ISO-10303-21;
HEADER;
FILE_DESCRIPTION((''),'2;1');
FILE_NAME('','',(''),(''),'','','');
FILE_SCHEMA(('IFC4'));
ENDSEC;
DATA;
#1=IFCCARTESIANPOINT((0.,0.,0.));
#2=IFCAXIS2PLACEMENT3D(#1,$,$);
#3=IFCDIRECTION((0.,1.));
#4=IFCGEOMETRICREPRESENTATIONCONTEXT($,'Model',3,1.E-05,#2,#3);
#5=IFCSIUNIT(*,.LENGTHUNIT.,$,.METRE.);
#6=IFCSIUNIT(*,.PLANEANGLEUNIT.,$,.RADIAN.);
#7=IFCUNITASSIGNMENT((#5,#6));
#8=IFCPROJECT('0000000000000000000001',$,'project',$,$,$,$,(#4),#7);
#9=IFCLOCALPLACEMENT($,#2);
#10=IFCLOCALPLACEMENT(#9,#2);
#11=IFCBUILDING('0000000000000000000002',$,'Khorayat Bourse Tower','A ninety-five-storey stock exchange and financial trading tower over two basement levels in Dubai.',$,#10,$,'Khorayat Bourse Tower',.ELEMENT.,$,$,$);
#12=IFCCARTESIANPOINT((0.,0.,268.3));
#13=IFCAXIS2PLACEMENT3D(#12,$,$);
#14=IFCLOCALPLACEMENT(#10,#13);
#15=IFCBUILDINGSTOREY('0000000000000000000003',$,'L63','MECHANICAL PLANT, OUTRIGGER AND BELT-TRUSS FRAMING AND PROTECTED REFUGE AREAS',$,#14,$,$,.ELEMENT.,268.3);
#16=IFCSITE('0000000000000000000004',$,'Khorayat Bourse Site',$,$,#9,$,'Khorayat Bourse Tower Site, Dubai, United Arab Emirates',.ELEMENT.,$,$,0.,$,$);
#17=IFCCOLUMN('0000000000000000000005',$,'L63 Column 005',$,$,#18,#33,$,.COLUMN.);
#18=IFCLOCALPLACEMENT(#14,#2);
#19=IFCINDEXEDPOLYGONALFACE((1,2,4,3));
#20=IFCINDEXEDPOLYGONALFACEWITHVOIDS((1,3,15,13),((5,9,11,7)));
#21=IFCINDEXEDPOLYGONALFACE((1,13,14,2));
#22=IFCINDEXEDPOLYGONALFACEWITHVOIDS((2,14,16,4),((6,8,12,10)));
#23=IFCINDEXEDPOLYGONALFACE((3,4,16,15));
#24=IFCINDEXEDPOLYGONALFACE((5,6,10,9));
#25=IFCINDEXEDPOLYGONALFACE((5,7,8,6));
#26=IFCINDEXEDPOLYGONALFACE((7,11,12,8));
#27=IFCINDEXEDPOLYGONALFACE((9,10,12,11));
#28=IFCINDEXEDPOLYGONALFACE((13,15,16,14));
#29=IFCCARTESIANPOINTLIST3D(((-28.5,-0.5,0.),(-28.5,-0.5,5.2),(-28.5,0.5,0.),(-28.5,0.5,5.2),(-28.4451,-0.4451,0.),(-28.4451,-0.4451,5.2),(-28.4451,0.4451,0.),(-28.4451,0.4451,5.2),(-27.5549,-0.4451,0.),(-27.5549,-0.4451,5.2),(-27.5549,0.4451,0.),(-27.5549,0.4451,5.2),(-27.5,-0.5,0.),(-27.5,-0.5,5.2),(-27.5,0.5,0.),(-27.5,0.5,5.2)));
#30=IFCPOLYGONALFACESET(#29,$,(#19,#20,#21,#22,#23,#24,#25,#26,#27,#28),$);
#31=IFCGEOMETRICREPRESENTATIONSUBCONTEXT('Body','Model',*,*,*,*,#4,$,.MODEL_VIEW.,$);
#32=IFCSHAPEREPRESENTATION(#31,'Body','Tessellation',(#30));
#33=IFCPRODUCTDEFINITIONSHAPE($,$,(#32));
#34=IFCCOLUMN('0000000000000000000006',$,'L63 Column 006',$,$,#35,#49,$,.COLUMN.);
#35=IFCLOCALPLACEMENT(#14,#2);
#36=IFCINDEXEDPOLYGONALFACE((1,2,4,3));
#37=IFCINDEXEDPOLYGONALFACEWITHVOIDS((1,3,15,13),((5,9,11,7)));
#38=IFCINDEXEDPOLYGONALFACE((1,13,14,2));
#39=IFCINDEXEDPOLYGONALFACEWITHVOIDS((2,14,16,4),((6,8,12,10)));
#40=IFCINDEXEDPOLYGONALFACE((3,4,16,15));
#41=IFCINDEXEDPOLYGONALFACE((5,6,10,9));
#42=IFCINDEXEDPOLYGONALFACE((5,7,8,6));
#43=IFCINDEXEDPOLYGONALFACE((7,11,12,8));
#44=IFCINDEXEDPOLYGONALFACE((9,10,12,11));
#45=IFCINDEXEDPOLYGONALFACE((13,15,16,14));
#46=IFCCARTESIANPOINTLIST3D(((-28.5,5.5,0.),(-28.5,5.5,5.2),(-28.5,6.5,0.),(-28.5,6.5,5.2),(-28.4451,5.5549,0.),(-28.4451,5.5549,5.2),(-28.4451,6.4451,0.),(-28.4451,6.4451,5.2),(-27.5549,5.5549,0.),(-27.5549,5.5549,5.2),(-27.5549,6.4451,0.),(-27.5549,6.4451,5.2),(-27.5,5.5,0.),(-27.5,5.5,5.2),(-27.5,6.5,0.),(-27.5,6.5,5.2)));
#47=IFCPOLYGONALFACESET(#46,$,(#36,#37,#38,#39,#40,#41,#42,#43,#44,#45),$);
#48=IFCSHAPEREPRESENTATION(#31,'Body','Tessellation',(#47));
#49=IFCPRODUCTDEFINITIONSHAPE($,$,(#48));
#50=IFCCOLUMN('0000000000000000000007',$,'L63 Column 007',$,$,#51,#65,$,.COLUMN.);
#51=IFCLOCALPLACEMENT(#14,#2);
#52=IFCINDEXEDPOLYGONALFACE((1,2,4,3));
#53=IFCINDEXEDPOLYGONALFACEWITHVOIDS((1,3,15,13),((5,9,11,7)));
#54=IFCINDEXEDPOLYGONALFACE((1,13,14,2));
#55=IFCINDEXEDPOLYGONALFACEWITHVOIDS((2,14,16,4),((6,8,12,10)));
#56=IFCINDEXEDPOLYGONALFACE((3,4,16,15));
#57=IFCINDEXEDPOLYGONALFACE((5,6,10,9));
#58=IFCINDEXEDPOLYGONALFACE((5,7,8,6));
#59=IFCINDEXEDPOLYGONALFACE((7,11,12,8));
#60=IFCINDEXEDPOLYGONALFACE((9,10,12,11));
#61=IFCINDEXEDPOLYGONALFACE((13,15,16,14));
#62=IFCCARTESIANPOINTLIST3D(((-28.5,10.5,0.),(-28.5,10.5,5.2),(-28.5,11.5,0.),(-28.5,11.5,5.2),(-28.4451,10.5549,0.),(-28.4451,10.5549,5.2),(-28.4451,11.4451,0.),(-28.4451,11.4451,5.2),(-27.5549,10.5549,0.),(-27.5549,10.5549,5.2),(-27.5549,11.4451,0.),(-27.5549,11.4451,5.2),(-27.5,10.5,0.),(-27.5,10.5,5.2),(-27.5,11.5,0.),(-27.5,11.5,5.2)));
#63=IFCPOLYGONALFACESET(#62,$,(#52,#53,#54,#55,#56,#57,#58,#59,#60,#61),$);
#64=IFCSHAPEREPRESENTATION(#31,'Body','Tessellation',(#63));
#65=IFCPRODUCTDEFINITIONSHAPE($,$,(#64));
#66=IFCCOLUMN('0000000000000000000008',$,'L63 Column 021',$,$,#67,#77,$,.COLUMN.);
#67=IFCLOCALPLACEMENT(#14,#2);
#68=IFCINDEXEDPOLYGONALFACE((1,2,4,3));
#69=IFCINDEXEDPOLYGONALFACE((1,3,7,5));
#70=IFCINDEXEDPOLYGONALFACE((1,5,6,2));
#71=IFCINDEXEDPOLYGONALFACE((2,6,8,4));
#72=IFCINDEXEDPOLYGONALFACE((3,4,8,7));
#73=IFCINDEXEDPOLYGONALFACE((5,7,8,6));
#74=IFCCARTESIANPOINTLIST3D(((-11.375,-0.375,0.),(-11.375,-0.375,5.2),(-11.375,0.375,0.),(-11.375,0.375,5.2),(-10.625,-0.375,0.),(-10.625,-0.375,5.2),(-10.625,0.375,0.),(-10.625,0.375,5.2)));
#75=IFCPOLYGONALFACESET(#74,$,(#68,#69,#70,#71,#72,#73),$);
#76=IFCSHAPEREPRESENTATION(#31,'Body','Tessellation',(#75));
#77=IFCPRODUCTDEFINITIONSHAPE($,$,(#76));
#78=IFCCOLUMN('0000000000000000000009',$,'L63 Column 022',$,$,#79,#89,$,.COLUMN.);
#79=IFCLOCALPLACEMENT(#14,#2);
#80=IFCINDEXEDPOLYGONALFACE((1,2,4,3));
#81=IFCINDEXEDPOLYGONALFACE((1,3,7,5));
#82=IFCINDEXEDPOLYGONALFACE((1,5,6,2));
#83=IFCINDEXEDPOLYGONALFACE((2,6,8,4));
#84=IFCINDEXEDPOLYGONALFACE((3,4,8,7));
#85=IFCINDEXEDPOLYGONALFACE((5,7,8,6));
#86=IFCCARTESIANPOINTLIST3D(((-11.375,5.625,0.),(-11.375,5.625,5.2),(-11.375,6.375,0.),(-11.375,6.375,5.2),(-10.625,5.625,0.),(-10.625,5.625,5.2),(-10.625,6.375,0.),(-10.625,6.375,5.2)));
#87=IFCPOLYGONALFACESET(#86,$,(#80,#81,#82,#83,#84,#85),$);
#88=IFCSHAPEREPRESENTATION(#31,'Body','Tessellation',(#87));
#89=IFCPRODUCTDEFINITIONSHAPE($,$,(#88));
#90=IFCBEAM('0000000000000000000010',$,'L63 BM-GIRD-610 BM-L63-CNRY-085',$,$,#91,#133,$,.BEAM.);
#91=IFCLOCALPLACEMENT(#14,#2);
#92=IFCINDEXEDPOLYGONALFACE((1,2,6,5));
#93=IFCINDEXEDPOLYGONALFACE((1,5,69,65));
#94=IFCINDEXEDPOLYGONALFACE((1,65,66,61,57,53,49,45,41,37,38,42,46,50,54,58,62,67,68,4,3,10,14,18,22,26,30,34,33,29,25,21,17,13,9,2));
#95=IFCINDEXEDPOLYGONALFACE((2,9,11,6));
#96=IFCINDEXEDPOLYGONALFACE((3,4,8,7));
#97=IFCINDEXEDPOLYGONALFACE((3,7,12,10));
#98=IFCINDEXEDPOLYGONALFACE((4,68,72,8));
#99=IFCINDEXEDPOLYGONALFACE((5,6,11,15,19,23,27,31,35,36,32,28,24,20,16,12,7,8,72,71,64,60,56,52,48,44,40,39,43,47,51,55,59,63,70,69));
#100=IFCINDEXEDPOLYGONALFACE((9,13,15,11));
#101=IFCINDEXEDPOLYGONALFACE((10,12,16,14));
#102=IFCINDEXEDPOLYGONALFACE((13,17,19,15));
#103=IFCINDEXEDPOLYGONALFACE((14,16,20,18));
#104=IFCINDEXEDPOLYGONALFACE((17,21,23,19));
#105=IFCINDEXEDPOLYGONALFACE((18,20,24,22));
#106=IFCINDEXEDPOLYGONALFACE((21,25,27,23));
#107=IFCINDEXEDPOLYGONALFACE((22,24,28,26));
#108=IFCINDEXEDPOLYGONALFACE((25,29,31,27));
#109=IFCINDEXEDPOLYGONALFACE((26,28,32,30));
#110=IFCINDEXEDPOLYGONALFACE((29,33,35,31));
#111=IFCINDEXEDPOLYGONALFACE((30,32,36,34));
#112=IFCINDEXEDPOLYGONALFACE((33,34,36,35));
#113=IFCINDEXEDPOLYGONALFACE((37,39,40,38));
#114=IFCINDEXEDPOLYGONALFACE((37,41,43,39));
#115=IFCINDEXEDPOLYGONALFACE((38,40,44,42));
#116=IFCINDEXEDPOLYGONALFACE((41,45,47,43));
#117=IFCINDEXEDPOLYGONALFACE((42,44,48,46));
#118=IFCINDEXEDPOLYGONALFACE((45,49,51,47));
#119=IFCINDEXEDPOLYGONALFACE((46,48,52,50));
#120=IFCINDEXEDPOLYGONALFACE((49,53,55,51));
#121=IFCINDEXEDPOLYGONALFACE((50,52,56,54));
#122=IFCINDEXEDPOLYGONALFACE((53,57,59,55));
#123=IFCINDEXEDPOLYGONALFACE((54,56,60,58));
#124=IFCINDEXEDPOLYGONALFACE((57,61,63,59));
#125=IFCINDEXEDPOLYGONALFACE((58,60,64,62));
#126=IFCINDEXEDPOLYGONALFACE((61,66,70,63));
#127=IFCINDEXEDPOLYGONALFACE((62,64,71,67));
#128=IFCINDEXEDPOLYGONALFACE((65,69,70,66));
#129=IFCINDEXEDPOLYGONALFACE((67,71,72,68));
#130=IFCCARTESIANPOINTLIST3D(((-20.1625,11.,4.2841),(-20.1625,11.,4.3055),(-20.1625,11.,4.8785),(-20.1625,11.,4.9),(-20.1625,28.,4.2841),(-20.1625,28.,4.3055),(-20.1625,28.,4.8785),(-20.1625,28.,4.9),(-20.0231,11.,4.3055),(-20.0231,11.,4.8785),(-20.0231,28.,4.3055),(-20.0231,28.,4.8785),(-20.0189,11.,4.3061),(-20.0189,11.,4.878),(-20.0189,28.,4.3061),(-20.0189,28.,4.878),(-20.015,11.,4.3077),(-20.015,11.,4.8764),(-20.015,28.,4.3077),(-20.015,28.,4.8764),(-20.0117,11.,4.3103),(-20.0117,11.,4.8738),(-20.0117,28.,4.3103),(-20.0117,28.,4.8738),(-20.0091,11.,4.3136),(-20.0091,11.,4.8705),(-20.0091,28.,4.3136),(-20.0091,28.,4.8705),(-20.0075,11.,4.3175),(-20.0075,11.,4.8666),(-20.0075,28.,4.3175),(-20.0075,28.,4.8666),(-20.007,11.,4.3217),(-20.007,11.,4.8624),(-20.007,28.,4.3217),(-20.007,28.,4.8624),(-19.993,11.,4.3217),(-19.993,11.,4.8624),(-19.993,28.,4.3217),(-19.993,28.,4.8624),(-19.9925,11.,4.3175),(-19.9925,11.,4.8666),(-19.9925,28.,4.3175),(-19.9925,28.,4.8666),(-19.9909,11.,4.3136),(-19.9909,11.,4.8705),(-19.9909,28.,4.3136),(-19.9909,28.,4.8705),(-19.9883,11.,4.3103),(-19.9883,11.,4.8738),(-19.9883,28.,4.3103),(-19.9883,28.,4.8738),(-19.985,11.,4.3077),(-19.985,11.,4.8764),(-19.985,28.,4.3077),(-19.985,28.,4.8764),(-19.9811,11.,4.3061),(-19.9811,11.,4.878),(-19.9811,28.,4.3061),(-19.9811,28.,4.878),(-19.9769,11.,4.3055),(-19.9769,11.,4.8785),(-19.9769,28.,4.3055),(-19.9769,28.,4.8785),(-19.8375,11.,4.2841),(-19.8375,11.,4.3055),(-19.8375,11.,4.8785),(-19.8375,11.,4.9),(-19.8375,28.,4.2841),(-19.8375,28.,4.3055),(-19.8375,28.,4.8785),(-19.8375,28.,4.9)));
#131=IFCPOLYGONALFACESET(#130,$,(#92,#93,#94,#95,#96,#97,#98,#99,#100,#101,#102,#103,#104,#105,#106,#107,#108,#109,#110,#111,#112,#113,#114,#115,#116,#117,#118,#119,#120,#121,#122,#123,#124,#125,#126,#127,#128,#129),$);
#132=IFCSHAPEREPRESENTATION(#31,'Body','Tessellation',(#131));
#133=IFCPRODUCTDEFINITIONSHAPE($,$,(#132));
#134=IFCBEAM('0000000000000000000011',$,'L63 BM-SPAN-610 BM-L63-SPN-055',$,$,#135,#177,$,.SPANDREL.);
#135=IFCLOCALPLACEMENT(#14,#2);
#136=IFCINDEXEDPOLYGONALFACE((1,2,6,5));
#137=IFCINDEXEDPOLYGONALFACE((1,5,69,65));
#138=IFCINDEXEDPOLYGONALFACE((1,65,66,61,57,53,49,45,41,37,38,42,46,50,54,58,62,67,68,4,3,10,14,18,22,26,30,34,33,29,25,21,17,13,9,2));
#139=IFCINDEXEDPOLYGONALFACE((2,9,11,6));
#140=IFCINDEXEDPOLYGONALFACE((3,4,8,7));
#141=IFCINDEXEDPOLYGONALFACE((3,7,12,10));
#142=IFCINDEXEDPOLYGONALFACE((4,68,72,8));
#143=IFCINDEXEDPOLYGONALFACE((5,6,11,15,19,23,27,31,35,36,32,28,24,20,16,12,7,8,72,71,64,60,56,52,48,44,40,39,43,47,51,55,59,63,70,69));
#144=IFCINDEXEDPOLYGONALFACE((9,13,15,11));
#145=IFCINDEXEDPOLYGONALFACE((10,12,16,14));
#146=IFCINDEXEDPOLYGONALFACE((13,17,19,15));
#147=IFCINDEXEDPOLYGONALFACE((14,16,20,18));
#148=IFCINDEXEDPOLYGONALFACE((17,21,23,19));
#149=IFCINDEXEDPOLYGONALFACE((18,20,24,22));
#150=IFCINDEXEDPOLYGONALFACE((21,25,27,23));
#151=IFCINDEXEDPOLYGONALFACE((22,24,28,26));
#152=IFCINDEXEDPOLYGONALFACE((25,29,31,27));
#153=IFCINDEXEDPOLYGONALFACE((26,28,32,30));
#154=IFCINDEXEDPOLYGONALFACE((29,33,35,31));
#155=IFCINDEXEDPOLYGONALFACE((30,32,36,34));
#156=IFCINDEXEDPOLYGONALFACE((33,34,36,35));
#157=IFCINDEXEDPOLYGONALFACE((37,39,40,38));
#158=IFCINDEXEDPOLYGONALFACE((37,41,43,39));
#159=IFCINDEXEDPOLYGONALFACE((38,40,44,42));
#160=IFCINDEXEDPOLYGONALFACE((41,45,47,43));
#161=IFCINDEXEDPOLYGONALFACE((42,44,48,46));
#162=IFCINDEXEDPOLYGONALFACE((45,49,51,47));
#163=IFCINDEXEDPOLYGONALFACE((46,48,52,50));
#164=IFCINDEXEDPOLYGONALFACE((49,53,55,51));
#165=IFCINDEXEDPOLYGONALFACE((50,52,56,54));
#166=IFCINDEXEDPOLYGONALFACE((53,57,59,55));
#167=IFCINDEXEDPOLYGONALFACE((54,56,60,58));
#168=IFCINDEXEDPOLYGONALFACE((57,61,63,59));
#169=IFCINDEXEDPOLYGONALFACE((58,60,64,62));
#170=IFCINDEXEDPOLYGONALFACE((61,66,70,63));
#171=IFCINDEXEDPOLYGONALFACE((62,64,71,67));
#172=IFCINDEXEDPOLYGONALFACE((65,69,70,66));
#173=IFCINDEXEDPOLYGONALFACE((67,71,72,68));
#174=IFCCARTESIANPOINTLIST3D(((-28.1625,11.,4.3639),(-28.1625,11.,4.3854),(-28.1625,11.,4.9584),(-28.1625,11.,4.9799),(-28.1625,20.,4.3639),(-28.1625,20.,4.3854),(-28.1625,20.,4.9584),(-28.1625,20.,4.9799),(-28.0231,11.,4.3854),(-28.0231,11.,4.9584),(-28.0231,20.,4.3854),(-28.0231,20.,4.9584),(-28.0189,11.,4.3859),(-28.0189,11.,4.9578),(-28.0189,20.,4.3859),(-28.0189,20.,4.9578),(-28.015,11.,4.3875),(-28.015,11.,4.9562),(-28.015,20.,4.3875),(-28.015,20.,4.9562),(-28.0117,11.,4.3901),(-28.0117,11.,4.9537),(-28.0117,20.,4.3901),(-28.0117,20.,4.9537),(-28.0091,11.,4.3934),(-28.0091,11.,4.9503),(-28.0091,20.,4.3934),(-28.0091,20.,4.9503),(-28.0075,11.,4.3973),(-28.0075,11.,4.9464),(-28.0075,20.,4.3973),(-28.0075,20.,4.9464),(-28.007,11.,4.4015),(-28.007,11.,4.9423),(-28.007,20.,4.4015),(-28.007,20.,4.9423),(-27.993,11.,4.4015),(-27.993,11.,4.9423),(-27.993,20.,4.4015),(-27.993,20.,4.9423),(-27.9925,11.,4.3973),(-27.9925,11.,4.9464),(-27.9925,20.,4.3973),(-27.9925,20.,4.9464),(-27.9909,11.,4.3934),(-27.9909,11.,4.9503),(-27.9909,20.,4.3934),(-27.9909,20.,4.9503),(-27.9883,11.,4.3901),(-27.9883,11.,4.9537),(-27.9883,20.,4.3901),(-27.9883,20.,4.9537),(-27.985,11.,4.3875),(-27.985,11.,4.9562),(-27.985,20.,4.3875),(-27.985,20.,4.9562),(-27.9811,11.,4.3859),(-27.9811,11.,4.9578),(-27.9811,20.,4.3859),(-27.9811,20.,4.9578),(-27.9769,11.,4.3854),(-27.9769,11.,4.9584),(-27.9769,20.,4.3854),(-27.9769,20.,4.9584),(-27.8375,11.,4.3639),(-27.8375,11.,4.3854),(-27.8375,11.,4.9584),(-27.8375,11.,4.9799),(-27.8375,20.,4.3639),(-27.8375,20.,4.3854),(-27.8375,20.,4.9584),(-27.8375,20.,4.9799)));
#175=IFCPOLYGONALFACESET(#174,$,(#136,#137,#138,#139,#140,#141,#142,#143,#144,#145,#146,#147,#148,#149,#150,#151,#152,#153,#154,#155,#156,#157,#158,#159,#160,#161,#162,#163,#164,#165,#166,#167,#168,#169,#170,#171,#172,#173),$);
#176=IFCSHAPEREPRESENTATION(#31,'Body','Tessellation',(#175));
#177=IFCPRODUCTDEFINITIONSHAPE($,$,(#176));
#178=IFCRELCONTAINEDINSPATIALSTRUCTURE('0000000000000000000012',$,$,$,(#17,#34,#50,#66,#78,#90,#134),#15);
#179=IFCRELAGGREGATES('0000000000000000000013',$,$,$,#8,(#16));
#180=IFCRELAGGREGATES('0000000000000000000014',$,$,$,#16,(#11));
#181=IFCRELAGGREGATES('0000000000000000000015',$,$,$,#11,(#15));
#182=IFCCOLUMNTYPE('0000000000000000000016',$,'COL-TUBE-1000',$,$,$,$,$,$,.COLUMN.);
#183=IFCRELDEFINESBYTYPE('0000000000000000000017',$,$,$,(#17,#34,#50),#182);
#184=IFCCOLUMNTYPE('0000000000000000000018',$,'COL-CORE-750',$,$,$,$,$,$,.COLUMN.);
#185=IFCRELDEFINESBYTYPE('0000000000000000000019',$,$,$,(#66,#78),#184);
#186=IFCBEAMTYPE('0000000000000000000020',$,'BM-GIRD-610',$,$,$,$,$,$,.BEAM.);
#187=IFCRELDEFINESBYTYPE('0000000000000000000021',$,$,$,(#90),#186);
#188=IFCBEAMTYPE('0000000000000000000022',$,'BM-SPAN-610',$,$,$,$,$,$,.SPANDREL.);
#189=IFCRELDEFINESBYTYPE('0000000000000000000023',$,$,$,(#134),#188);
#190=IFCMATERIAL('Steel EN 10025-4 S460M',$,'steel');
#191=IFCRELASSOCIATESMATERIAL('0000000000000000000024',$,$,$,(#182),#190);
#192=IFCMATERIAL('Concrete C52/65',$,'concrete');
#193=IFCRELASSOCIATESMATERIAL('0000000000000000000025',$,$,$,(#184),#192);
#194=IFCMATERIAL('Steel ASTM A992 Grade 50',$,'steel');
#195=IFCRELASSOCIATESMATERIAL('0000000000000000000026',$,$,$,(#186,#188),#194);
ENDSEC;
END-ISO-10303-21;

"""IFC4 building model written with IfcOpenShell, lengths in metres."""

from ifc_helpers import new_model, si_unit, direction, frame, origin, origin_2d, place, context, subcontext, project, spatial, rectangle, hollow_rectangle, i_section, extrude, source, transform, mapped, material, material_profile, profile_set, type_object, element, save


model = new_model("IFC4")

# Units and contexts
model_context = context("Model", 3, precision=1e-05, world=origin(), true_north=direction((0.0, 1.0)))
body_context = subcontext(model_context, "Body", "Model", "MODEL_VIEW")
ifc_project = project(units=[si_unit("LENGTHUNIT", "METRE"), si_unit("PLANEANGLEUNIT", "RADIAN")], contexts=[model_context])

# Site, building, storey
site_placement = place(None, origin())
site = spatial("IfcSite", under=ifc_project, at=site_placement, Name="Khorayat Bourse Site", LongName="Khorayat Bourse Tower Site, Dubai, United Arab Emirates", CompositionType="ELEMENT", RefElevation=0.0)
building_placement = place(site_placement, origin())
building = spatial("IfcBuilding", under=site, at=building_placement, Name="Khorayat Bourse Tower", Description="A ninety-five-storey stock exchange and financial trading tower over two basement levels in Dubai.", LongName="Khorayat Bourse Tower", CompositionType="ELEMENT")
storey_placement = place(building_placement, frame((0.0, 0.0, 268.3)))
storey = spatial("IfcBuildingStorey", under=building, at=storey_placement, Name="L63", Description="MECHANICAL PLANT, OUTRIGGER AND BELT-TRUSS FRAMING AND PROTECTED REFUGE AREAS", CompositionType="ELEMENT", Elevation=268.3)

# Columns
ifc_material_1 = material(Name="Steel EN 10025-4 S460M", Category="steel")
ifc_material_profile_1 = material_profile(ifc_material_1, hollow_rectangle(XDim=1.0, YDim=1.0, WallThickness=0.0549, at=origin_2d()), Name="BOX 1000x1000x55")
ifc_profile_set_1 = profile_set([ifc_material_profile_1], Name="Steel EN 10025-4 S460M")
column_type_1 = type_object("IfcColumnType", Name="COL-TUBE-1000", PredefinedType="COLUMN", material=ifc_profile_set_1)
shared_shape_1 = source(origin(), body_context, "Body", "SweptSolid", [
    extrude(hollow_rectangle(XDim=1.0, YDim=1.0, WallThickness=0.0549, at=origin_2d()), origin(), (0.0, 0.0, 1.0), 5.2),
])
for number, where, z_axis, x_axis, name in (
    (1, (-28.0, 0.0, 0.0), (0.0, 0.0, 1.0), (1.0, 0.0, 0.0), "L63 Column 005"),
    (2, (-28.0, 6.0, 0.0), (0.0, 0.0, 1.0), (1.0, 0.0, 0.0), "L63 Column 006"),
    (3, (-28.0, 11.0, 0.0), (0.0, 0.0, 1.0), (1.0, 0.0, 0.0), "L63 Column 007"),
):
    element("IfcColumn", number, at=place(storey_placement, frame(where, z_axis=z_axis, x_axis=x_axis)), inside=storey, type_object=column_type_1, Name=name, PredefinedType="COLUMN", context=body_context, shape_type="MappedRepresentation", body=[
        mapped(shared_shape_1, transform((0.0, 0.0, 0.0), scale=1.0)),
    ])
ifc_material_2 = material(Name="Concrete C52/65", Category="concrete")
ifc_material_profile_2 = material_profile(ifc_material_2, rectangle(XDim=0.75, YDim=0.75, at=origin_2d()), Name="RC 750x750")
ifc_profile_set_2 = profile_set([ifc_material_profile_2], Name="Concrete C52/65")
column_type_2 = type_object("IfcColumnType", Name="COL-CORE-750", PredefinedType="COLUMN", material=ifc_profile_set_2)
shared_shape_2 = source(origin(), body_context, "Body", "SweptSolid", [
    extrude(rectangle(XDim=0.75, YDim=0.75, at=origin_2d()), origin(), (0.0, 0.0, 1.0), 5.2),
])
for number, where, z_axis, x_axis, name in (
    (4, (-11.0, 0.0, 0.0), (0.0, 0.0, 1.0), (1.0, 0.0, 0.0), "L63 Column 021"),
    (5, (-11.0, 6.0, 0.0), (0.0, 0.0, 1.0), (1.0, 0.0, 0.0), "L63 Column 022"),
):
    element("IfcColumn", number, at=place(storey_placement, frame(where, z_axis=z_axis, x_axis=x_axis)), inside=storey, type_object=column_type_2, Name=name, PredefinedType="COLUMN", context=body_context, shape_type="MappedRepresentation", body=[
        mapped(shared_shape_2, transform((0.0, 0.0, 0.0), scale=1.0)),
    ])

# Beams
ifc_material_3 = material(Name="Steel ASTM A992 Grade 50", Category="steel")
ifc_material_profile_3 = material_profile(ifc_material_3, i_section(OverallWidth=0.325, OverallDepth=0.616, WebThickness=0.0139, FlangeThickness=0.0215, FilletRadius=0.0161, at=origin_2d()), Name="W610X174")
ifc_profile_set_3 = profile_set([ifc_material_profile_3], Name="Steel ASTM A992 Grade 50")
beam_type_1 = type_object("IfcBeamType", Name="BM-GIRD-610", PredefinedType="BEAM", material=ifc_profile_set_3)
shared_shape_3 = source(origin(), body_context, "Body", "SweptSolid", [
    extrude(i_section(OverallWidth=0.325, OverallDepth=0.616, WebThickness=0.0139, FlangeThickness=0.0215, FilletRadius=0.0161, at=origin_2d()), origin(), (0.0, 0.0, 1.0), 17.0),
])
beam_1_placement = place(storey_placement, frame((-20.0, 11.0, 4.592), z_axis=(0.0, 1.0, 0.0), x_axis=(-1.0, 0.0, 0.0)))
element("IfcBeam", 6, at=beam_1_placement, inside=storey, type_object=beam_type_1, Name="L63 BM-GIRD-610 BM-L63-CNRY-085", PredefinedType="BEAM", context=body_context, shape_type="MappedRepresentation", body=[
    mapped(shared_shape_3, transform((0.0, 0.0, 0.0), scale=1.0)),
])
ifc_material_profile_4 = material_profile(ifc_material_3, i_section(OverallWidth=0.325, OverallDepth=0.616, WebThickness=0.0139, FlangeThickness=0.0215, FilletRadius=0.0161, at=origin_2d()), Name="W610X174")
ifc_profile_set_4 = profile_set([ifc_material_profile_4], Name="Steel ASTM A992 Grade 50")
beam_type_2 = type_object("IfcBeamType", Name="BM-SPAN-610", PredefinedType="SPANDREL", material=ifc_profile_set_4)
shared_shape_4 = source(origin(), body_context, "Body", "SweptSolid", [
    extrude(i_section(OverallWidth=0.325, OverallDepth=0.616, WebThickness=0.0139, FlangeThickness=0.0215, FilletRadius=0.0161, at=origin_2d()), origin(), (0.0, 0.0, 1.0), 9.0),
])
beam_2_placement = place(storey_placement, frame((-28.0, 11.0, 4.6719), z_axis=(0.0, 1.0, 0.0), x_axis=(-1.0, 0.0, 0.0)))
element("IfcBeam", 7, at=beam_2_placement, inside=storey, type_object=beam_type_2, Name="L63 BM-SPAN-610 BM-L63-SPN-055", PredefinedType="SPANDREL", context=body_context, shape_type="MappedRepresentation", body=[
    mapped(shared_shape_4, transform((0.0, 0.0, 0.0), scale=1.0)),
])

save(model, "model.ifc")
